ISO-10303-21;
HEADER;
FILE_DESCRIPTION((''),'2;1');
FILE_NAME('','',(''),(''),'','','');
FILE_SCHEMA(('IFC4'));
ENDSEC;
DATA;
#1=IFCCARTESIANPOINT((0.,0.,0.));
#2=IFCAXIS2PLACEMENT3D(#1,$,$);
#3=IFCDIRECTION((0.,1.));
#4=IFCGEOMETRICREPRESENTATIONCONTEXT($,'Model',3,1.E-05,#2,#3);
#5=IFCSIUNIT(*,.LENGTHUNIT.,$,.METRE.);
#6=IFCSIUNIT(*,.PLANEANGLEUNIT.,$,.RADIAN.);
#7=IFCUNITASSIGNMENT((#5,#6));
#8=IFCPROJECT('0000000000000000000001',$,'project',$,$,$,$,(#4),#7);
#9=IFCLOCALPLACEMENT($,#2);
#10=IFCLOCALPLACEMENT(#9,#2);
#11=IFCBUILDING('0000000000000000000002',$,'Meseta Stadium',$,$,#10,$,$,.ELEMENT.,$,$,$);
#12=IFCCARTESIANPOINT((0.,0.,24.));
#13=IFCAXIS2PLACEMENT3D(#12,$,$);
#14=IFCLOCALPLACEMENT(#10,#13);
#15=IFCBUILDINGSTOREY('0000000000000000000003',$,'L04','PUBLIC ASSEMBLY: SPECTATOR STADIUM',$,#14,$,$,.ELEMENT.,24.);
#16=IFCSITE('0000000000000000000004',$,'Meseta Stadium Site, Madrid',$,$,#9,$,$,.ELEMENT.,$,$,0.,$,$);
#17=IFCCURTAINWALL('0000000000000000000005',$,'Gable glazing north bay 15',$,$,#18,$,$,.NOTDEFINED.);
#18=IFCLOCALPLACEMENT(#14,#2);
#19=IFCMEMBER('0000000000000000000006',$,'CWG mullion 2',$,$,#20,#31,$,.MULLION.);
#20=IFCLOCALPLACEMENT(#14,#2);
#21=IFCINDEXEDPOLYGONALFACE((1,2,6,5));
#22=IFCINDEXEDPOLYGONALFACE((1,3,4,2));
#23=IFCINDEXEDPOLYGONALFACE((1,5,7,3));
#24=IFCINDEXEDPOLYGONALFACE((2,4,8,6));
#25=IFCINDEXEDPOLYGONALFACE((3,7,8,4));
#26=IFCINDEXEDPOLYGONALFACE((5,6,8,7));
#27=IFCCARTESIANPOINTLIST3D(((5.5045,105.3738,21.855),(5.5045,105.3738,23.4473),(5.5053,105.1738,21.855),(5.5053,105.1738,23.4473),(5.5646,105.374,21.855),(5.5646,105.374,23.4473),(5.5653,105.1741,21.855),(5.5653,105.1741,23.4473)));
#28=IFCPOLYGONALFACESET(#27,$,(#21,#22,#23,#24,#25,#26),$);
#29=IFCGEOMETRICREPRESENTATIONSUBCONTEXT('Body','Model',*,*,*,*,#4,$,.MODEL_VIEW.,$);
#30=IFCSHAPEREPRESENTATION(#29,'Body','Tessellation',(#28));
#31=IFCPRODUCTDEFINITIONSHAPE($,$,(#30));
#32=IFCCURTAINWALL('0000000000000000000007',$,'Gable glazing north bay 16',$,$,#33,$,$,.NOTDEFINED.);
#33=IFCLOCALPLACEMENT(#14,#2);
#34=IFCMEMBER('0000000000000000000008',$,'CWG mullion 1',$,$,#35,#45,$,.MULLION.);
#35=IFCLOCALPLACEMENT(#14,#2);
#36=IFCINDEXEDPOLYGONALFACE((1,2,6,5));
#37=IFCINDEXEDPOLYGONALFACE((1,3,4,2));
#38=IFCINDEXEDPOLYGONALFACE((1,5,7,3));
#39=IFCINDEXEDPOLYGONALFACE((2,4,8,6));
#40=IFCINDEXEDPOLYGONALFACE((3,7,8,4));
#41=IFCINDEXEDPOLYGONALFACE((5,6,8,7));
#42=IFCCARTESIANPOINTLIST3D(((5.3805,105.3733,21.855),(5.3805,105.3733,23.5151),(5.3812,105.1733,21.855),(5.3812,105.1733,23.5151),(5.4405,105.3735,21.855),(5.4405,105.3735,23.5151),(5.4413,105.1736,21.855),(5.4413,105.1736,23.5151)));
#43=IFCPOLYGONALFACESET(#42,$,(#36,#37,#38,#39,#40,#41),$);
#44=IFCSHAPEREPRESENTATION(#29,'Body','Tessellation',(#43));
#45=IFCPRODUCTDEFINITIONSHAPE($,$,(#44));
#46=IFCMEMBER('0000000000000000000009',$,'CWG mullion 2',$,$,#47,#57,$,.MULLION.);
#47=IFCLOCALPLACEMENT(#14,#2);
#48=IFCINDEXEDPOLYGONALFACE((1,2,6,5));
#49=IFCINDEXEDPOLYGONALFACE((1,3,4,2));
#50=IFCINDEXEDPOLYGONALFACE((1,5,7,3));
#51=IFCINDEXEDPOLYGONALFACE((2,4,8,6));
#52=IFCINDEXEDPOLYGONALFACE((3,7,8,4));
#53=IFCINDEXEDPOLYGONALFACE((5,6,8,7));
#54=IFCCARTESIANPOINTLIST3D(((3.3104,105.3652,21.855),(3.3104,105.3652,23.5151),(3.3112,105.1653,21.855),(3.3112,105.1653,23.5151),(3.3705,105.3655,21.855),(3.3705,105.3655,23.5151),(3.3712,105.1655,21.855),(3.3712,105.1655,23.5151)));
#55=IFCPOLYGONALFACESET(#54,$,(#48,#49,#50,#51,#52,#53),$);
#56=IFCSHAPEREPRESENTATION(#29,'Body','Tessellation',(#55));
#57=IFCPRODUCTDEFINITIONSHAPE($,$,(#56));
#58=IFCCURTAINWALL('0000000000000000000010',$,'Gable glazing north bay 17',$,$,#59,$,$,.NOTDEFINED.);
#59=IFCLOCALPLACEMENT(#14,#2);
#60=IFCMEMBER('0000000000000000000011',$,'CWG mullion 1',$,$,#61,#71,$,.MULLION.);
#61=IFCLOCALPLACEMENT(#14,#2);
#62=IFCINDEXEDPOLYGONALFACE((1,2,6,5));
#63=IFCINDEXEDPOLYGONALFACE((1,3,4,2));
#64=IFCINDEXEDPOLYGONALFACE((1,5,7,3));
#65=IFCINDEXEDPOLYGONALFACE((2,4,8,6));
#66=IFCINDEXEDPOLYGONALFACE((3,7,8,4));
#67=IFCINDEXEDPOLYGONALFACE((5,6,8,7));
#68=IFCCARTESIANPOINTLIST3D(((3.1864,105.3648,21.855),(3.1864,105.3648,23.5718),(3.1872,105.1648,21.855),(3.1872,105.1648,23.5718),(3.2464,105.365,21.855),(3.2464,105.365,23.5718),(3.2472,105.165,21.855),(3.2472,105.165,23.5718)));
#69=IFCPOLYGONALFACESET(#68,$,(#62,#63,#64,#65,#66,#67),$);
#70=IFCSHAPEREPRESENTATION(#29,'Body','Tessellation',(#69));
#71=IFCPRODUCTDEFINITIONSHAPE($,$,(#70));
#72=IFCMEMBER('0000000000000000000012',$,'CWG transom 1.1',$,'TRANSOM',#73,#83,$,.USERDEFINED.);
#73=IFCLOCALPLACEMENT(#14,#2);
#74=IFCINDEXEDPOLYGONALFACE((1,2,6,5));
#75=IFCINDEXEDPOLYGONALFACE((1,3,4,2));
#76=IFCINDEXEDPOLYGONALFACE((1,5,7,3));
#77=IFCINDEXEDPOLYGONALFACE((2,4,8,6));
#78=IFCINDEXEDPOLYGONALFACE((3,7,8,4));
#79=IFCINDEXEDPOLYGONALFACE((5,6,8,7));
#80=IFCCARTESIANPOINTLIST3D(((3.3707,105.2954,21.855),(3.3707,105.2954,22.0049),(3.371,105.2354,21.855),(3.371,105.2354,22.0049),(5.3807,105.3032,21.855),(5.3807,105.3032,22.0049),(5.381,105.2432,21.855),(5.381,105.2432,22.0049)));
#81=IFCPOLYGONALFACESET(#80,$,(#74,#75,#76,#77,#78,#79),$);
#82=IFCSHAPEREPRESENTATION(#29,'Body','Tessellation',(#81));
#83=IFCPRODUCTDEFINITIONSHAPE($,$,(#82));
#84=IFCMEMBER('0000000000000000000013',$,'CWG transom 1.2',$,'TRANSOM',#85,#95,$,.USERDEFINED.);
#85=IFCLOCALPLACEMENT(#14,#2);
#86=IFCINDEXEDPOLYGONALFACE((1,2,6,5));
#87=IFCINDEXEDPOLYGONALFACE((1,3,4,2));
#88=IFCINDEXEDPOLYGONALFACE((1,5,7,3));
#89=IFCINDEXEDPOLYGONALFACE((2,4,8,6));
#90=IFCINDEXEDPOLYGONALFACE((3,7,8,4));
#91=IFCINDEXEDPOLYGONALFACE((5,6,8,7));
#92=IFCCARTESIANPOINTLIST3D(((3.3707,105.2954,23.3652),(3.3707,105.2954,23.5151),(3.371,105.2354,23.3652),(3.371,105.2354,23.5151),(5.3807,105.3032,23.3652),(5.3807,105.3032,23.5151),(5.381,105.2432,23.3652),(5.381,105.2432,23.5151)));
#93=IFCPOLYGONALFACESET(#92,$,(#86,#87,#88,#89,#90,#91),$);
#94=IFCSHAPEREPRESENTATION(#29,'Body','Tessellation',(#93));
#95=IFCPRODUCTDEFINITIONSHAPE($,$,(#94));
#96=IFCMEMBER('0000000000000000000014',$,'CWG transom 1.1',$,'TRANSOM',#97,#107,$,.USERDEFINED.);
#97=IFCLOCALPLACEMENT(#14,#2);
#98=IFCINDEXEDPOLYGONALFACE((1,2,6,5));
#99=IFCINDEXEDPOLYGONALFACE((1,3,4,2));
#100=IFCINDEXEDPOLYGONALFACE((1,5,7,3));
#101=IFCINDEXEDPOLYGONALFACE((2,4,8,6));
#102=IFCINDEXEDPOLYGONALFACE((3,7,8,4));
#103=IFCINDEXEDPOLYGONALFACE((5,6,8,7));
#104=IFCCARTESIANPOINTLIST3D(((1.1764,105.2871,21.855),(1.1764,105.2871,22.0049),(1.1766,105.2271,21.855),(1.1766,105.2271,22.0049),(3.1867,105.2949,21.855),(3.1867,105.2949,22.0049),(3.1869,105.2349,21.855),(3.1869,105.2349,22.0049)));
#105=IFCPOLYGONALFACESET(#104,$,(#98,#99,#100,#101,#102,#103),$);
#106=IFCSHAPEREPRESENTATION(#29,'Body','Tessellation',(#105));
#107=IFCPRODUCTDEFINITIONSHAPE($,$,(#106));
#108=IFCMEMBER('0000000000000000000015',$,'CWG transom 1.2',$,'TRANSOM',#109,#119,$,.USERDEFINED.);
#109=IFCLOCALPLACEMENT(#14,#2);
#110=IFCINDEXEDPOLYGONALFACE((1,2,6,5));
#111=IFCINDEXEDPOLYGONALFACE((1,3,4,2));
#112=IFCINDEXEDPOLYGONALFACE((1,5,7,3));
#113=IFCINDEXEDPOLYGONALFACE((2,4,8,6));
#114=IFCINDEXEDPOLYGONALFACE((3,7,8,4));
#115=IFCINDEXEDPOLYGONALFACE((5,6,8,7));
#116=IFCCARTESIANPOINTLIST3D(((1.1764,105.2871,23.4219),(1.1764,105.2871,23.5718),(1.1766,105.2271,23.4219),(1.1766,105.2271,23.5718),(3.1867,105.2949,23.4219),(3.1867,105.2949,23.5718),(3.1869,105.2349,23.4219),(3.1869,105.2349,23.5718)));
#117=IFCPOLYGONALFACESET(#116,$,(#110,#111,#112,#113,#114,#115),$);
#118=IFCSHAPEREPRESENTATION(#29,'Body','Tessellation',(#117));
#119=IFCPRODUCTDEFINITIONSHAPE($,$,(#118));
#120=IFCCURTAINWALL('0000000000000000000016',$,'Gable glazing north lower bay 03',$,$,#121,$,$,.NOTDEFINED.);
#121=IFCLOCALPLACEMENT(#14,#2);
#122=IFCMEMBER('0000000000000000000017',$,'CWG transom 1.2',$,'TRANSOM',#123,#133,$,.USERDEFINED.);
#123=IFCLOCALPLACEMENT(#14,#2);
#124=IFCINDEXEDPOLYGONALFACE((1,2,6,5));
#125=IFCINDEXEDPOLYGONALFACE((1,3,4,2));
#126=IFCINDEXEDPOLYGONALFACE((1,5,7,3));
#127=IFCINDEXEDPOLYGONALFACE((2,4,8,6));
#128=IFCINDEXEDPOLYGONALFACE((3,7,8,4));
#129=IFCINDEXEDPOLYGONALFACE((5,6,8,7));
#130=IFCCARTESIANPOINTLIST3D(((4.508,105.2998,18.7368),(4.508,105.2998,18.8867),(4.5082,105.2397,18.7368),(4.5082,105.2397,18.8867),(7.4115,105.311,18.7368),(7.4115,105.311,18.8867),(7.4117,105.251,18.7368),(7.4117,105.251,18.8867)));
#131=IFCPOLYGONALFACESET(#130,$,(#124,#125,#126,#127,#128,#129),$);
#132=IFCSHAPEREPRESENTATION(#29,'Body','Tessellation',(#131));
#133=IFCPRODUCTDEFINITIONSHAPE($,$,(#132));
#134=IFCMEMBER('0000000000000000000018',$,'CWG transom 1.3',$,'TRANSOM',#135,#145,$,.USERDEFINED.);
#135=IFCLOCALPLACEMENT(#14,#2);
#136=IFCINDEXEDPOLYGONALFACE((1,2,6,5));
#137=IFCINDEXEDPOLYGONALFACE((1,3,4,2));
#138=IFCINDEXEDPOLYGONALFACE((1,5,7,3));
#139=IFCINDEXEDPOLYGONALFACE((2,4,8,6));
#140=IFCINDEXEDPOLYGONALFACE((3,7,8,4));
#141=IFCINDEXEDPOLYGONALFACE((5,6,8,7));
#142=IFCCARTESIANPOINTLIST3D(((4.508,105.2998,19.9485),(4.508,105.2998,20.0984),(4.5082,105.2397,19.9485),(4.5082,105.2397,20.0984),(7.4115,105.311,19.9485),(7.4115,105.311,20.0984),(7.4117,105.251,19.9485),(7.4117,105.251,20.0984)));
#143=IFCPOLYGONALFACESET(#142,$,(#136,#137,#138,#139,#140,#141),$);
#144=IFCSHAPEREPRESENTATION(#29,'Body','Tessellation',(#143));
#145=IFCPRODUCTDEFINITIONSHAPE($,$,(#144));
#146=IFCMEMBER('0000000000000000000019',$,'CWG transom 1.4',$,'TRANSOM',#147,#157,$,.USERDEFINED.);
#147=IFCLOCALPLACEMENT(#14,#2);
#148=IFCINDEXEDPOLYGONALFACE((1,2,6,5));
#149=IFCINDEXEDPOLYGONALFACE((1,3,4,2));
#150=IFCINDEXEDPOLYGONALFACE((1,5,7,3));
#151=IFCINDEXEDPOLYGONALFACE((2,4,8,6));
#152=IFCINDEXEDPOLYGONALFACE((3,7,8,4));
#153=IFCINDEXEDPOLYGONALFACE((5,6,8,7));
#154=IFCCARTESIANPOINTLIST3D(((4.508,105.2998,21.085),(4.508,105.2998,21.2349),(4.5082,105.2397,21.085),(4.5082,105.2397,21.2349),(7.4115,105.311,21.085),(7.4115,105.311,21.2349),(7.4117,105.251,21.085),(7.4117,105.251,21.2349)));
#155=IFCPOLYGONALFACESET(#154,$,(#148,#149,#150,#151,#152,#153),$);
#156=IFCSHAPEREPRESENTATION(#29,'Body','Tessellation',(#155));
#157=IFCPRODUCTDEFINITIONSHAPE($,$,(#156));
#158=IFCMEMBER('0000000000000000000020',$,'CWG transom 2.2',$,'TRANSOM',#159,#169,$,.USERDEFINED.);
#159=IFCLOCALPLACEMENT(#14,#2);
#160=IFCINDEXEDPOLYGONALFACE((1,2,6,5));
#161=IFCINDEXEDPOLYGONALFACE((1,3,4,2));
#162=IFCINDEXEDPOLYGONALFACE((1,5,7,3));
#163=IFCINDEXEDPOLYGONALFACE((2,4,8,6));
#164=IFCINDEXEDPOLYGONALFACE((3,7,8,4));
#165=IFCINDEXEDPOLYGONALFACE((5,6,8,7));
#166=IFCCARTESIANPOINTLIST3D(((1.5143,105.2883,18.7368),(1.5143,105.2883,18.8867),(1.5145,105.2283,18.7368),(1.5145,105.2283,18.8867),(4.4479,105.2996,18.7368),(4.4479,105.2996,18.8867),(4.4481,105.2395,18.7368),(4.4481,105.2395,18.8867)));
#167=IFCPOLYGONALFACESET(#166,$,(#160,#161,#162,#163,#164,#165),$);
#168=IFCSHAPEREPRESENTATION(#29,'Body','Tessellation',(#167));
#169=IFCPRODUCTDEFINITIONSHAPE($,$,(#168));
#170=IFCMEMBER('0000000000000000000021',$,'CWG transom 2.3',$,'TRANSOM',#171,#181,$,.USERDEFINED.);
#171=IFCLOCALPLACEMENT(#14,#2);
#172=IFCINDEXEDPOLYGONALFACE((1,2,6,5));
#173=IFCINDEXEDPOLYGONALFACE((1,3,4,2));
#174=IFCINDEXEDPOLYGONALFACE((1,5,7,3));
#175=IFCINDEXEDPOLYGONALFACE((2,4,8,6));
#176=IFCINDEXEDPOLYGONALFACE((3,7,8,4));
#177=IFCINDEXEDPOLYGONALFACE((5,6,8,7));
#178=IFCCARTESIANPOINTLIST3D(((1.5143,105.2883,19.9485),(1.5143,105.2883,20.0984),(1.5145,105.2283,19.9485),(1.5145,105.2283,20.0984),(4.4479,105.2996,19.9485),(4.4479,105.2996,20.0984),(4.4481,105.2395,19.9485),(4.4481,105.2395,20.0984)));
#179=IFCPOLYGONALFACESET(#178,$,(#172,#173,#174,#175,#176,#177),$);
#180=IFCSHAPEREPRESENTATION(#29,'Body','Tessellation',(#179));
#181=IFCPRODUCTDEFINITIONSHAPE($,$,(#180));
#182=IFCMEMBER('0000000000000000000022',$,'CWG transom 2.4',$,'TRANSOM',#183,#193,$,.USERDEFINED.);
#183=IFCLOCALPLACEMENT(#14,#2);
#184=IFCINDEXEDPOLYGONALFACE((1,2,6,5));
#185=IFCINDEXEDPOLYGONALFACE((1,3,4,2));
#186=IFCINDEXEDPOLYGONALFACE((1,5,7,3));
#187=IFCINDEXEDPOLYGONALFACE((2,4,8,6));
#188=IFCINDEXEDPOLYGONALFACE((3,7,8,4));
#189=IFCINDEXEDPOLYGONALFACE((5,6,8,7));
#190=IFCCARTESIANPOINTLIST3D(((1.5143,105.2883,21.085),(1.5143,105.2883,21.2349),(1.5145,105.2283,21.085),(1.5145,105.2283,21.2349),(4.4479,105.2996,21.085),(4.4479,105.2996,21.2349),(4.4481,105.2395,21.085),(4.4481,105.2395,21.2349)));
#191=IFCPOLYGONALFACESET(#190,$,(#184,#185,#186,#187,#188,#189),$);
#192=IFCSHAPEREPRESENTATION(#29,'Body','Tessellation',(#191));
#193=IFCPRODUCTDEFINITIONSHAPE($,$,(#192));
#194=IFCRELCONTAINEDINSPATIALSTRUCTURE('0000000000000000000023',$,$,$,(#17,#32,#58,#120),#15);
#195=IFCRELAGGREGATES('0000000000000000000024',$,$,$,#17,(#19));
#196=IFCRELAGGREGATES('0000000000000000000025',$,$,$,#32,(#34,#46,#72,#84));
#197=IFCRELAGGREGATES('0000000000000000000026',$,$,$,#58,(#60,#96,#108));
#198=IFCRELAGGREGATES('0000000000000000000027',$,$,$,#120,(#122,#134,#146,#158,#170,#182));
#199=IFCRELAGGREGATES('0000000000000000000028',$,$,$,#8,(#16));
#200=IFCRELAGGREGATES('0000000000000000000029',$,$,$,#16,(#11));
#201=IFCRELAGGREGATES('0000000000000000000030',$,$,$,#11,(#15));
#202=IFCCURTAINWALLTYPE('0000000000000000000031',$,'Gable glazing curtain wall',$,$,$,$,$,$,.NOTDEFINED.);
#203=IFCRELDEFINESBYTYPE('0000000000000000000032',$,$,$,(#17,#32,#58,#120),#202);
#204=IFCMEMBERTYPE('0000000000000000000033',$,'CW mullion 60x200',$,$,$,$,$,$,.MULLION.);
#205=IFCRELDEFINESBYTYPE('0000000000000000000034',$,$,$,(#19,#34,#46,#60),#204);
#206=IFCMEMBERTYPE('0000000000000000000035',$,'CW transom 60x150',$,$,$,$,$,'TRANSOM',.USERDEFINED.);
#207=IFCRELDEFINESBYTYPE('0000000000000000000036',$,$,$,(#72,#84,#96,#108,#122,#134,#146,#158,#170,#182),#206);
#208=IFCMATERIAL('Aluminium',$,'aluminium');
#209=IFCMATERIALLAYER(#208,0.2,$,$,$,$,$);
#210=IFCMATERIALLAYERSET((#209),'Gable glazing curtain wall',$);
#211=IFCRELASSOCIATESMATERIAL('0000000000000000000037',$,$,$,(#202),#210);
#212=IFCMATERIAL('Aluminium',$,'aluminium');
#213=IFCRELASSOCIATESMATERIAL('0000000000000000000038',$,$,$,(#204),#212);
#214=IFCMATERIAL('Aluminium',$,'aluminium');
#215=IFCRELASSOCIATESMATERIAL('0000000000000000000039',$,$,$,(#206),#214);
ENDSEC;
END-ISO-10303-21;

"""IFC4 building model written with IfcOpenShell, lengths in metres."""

from ifc_helpers import new_model, si_unit, direction, frame, origin, origin_2d, place, context, subcontext, project, spatial, rectangle, extrude, material, layer, layer_set, material_profile, profile_set, type_object, element, aggregate, save


model = new_model("IFC4")

# Units and contexts
model_context = context("Model", 3, precision=1e-05, world=origin(), true_north=direction((0.0, 1.0)))
body_context = subcontext(model_context, "Body", "Model", "MODEL_VIEW")
ifc_project = project(units=[si_unit("LENGTHUNIT", "METRE"), si_unit("PLANEANGLEUNIT", "RADIAN")], contexts=[model_context])

# Site, building, storey
site_placement = place(None, origin())
site = spatial("IfcSite", under=ifc_project, at=site_placement, Name="Meseta Stadium Site, Madrid", CompositionType="ELEMENT", RefElevation=0.0)
building_placement = place(site_placement, origin())
building = spatial("IfcBuilding", under=site, at=building_placement, Name="Meseta Stadium", CompositionType="ELEMENT")
storey_placement = place(building_placement, frame((0.0, 0.0, 24.0)))
storey = spatial("IfcBuildingStorey", under=building, at=storey_placement, Name="L04", Description="PUBLIC ASSEMBLY: SPECTATOR STADIUM", CompositionType="ELEMENT", Elevation=24.0)

# Curtain wall, member
ifc_material_1 = material(Name="Aluminium", Category="aluminium")
ifc_layer_1 = layer(ifc_material_1, 0.2)
ifc_layer_set_1 = layer_set([ifc_layer_1], Name="Gable glazing curtain wall")
curtain_wall_type = type_object("IfcCurtainWallType", Name="Gable glazing curtain wall", PredefinedType="NOTDEFINED", material=ifc_layer_set_1)
curtain_wall_1_placement = place(storey_placement, origin())
curtain_wall_1 = element("IfcCurtainWall", 1, at=curtain_wall_1_placement, inside=storey, type_object=curtain_wall_type, Name="Gable glazing north bay 15", PredefinedType="NOTDEFINED")
ifc_material_2 = material(Name="Aluminium", Category="aluminium")
ifc_material_profile_1 = material_profile(ifc_material_2, rectangle(XDim=0.2, YDim=0.0601, at=origin_2d()), Name="CW 200x60")
ifc_profile_set_1 = profile_set([ifc_material_profile_1], Name="Aluminium")
member_type_1 = type_object("IfcMemberType", Name="CW mullion 60x200", PredefinedType="MULLION", material=ifc_profile_set_1)
member_1_placement = place(storey_placement, frame((5.5349, 105.2739, 21.855), z_axis=(0.0, 0.0, 1.0), x_axis=(0.003848, -0.999993, 0.0)))
member_1 = element("IfcMember", 2, at=member_1_placement, type_object=member_type_1, Name="CWG mullion 2", PredefinedType="MULLION", context=body_context, shape_type="SweptSolid", body=[
    extrude(rectangle(XDim=0.2, YDim=0.0601, at=origin_2d()), origin(), (0.0, 0.0, 1.0), 1.5923),
])

# Curtain wall, members
curtain_wall_2_placement = place(storey_placement, origin())
curtain_wall_2 = element("IfcCurtainWall", 3, at=curtain_wall_2_placement, inside=storey, type_object=curtain_wall_type, Name="Gable glazing north bay 16", PredefinedType="NOTDEFINED")
member_2_placement = place(storey_placement, frame((5.4109, 105.2734, 21.855), z_axis=(0.0, 0.0, 1.0), x_axis=(0.003848, -0.999993, 0.0)))
member_2 = element("IfcMember", 4, at=member_2_placement, type_object=member_type_1, Name="CWG mullion 1", PredefinedType="MULLION", context=body_context, shape_type="SweptSolid", body=[
    extrude(rectangle(XDim=0.2, YDim=0.0601, at=origin_2d()), origin(), (0.0, 0.0, 1.0), 1.6602),
])
member_3_placement = place(storey_placement, frame((3.3408, 105.2654, 21.855), z_axis=(0.0, 0.0, 1.0), x_axis=(0.003848, -0.999993, 0.0)))
member_3 = element("IfcMember", 5, at=member_3_placement, type_object=member_type_1, Name="CWG mullion 2", PredefinedType="MULLION", context=body_context, shape_type="SweptSolid", body=[
    extrude(rectangle(XDim=0.2, YDim=0.0601, at=origin_2d()), origin(), (0.0, 0.0, 1.0), 1.6602),
])

# Curtain wall, member
curtain_wall_3_placement = place(storey_placement, origin())
curtain_wall_3 = element("IfcCurtainWall", 6, at=curtain_wall_3_placement, inside=storey, type_object=curtain_wall_type, Name="Gable glazing north bay 17", PredefinedType="NOTDEFINED")
member_4_placement = place(storey_placement, frame((3.2168, 105.2649, 21.855), z_axis=(0.0, 0.0, 1.0), x_axis=(0.003848, -0.999993, 0.0)))
member_4 = element("IfcMember", 7, at=member_4_placement, type_object=member_type_1, Name="CWG mullion 1", PredefinedType="MULLION", context=body_context, shape_type="SweptSolid", body=[
    extrude(rectangle(XDim=0.2, YDim=0.0601, at=origin_2d()), origin(), (0.0, 0.0, 1.0), 1.7168),
])

# Members
ifc_material_3 = material(Name="Aluminium", Category="aluminium")
ifc_material_profile_2 = material_profile(ifc_material_3, rectangle(XDim=0.0601, YDim=0.1499, at=origin_2d()), Name="CW 60x150")
ifc_profile_set_2 = profile_set([ifc_material_profile_2], Name="Aluminium")
member_type_2 = type_object("IfcMemberType", Name="CW transom 60x150", ElementType="TRANSOM", PredefinedType="USERDEFINED", material=ifc_profile_set_2)
member_5_placement = place(storey_placement, frame((5.3809, 105.2732, 21.9299), z_axis=(-0.999992, -0.003887, 0.0), x_axis=(0.003887, -0.999992, 0.0)))
member_5 = element("IfcMember", 8, at=member_5_placement, type_object=member_type_2, Name="CWG transom 1.1", ObjectType="TRANSOM", PredefinedType="USERDEFINED", context=body_context, shape_type="SweptSolid", body=[
    extrude(rectangle(XDim=0.0601, YDim=0.1499, at=origin_2d()), origin(), (0.0, 0.0, 1.0), 2.01),
])
member_6_placement = place(storey_placement, frame((5.3809, 105.2732, 23.4402), z_axis=(-0.999992, -0.003887, 0.0), x_axis=(0.003887, -0.999992, 0.0)))
member_6 = element("IfcMember", 9, at=member_6_placement, type_object=member_type_2, Name="CWG transom 1.2", ObjectType="TRANSOM", PredefinedType="USERDEFINED", context=body_context, shape_type="SweptSolid", body=[
    extrude(rectangle(XDim=0.0601, YDim=0.1499, at=origin_2d()), origin(), (0.0, 0.0, 1.0), 2.01),
])
member_7_placement = place(storey_placement, frame((3.1868, 105.2649, 21.9299), z_axis=(-0.999992, -0.003886, 0.0), x_axis=(0.003886, -0.999992, 0.0)))
member_7 = element("IfcMember", 10, at=member_7_placement, type_object=member_type_2, Name="CWG transom 1.1", ObjectType="TRANSOM", PredefinedType="USERDEFINED", context=body_context, shape_type="SweptSolid", body=[
    extrude(rectangle(XDim=0.0601, YDim=0.1499, at=origin_2d()), origin(), (0.0, 0.0, 1.0), 2.0103),
])
member_8_placement = place(storey_placement, frame((3.1868, 105.2649, 23.4968), z_axis=(-0.999992, -0.003886, 0.0), x_axis=(0.003886, -0.999992, 0.0)))
member_8 = element("IfcMember", 11, at=member_8_placement, type_object=member_type_2, Name="CWG transom 1.2", ObjectType="TRANSOM", PredefinedType="USERDEFINED", context=body_context, shape_type="SweptSolid", body=[
    extrude(rectangle(XDim=0.0601, YDim=0.1499, at=origin_2d()), origin(), (0.0, 0.0, 1.0), 2.0103),
])

# Curtain wall, members
curtain_wall_4_placement = place(storey_placement, origin())
curtain_wall_4 = element("IfcCurtainWall", 12, at=curtain_wall_4_placement, inside=storey, type_object=curtain_wall_type, Name="Gable glazing north lower bay 03", PredefinedType="NOTDEFINED")
member_9_placement = place(storey_placement, frame((7.4116, 105.281, 18.8118), z_axis=(-0.999993, -0.003868, 0.0), x_axis=(0.003868, -0.999993, 0.0)))
member_9 = element("IfcMember", 13, at=member_9_placement, type_object=member_type_2, Name="CWG transom 1.2", ObjectType="TRANSOM", PredefinedType="USERDEFINED", context=body_context, shape_type="SweptSolid", body=[
    extrude(rectangle(XDim=0.0601, YDim=0.1499, at=origin_2d()), origin(), (0.0, 0.0, 1.0), 2.9036),
])
member_10_placement = place(storey_placement, frame((7.4116, 105.281, 20.0234), z_axis=(-0.999993, -0.003868, 0.0), x_axis=(0.003868, -0.999993, 0.0)))
member_10 = element("IfcMember", 14, at=member_10_placement, type_object=member_type_2, Name="CWG transom 1.3", ObjectType="TRANSOM", PredefinedType="USERDEFINED", context=body_context, shape_type="SweptSolid", body=[
    extrude(rectangle(XDim=0.0601, YDim=0.1499, at=origin_2d()), origin(), (0.0, 0.0, 1.0), 2.9036),
])
member_11_placement = place(storey_placement, frame((7.4116, 105.281, 21.1599), z_axis=(-0.999993, -0.003868, 0.0), x_axis=(0.003868, -0.999993, 0.0)))
member_11 = element("IfcMember", 15, at=member_11_placement, type_object=member_type_2, Name="CWG transom 1.4", ObjectType="TRANSOM", PredefinedType="USERDEFINED", context=body_context, shape_type="SweptSolid", body=[
    extrude(rectangle(XDim=0.0601, YDim=0.1499, at=origin_2d()), origin(), (0.0, 0.0, 1.0), 2.9036),
])
member_12_placement = place(storey_placement, frame((4.448, 105.2695, 18.8118), z_axis=(-0.999993, -0.003828, 0.0), x_axis=(0.003828, -0.999993, 0.0)))
member_12 = element("IfcMember", 16, at=member_12_placement, type_object=member_type_2, Name="CWG transom 2.2", ObjectType="TRANSOM", PredefinedType="USERDEFINED", context=body_context, shape_type="SweptSolid", body=[
    extrude(rectangle(XDim=0.0601, YDim=0.1499, at=origin_2d()), origin(), (0.0, 0.0, 1.0), 2.9336),
])
member_13_placement = place(storey_placement, frame((4.448, 105.2695, 20.0234), z_axis=(-0.999993, -0.003828, 0.0), x_axis=(0.003828, -0.999993, 0.0)))
member_13 = element("IfcMember", 17, at=member_13_placement, type_object=member_type_2, Name="CWG transom 2.3", ObjectType="TRANSOM", PredefinedType="USERDEFINED", context=body_context, shape_type="SweptSolid", body=[
    extrude(rectangle(XDim=0.0601, YDim=0.1499, at=origin_2d()), origin(), (0.0, 0.0, 1.0), 2.9336),
])
member_14_placement = place(storey_placement, frame((4.448, 105.2695, 21.1599), z_axis=(-0.999993, -0.003828, 0.0), x_axis=(0.003828, -0.999993, 0.0)))
member_14 = element("IfcMember", 18, at=member_14_placement, type_object=member_type_2, Name="CWG transom 2.4", ObjectType="TRANSOM", PredefinedType="USERDEFINED", context=body_context, shape_type="SweptSolid", body=[
    extrude(rectangle(XDim=0.0601, YDim=0.1499, at=origin_2d()), origin(), (0.0, 0.0, 1.0), 2.9336),
])

aggregate(curtain_wall_1, [member_1])
aggregate(curtain_wall_2, [member_2, member_3, member_5, member_6])
aggregate(curtain_wall_3, [member_4, member_7, member_8])
aggregate(curtain_wall_4, [member_9, member_10, member_11, member_12, member_13, member_14])

save(model, "model.ifc")
